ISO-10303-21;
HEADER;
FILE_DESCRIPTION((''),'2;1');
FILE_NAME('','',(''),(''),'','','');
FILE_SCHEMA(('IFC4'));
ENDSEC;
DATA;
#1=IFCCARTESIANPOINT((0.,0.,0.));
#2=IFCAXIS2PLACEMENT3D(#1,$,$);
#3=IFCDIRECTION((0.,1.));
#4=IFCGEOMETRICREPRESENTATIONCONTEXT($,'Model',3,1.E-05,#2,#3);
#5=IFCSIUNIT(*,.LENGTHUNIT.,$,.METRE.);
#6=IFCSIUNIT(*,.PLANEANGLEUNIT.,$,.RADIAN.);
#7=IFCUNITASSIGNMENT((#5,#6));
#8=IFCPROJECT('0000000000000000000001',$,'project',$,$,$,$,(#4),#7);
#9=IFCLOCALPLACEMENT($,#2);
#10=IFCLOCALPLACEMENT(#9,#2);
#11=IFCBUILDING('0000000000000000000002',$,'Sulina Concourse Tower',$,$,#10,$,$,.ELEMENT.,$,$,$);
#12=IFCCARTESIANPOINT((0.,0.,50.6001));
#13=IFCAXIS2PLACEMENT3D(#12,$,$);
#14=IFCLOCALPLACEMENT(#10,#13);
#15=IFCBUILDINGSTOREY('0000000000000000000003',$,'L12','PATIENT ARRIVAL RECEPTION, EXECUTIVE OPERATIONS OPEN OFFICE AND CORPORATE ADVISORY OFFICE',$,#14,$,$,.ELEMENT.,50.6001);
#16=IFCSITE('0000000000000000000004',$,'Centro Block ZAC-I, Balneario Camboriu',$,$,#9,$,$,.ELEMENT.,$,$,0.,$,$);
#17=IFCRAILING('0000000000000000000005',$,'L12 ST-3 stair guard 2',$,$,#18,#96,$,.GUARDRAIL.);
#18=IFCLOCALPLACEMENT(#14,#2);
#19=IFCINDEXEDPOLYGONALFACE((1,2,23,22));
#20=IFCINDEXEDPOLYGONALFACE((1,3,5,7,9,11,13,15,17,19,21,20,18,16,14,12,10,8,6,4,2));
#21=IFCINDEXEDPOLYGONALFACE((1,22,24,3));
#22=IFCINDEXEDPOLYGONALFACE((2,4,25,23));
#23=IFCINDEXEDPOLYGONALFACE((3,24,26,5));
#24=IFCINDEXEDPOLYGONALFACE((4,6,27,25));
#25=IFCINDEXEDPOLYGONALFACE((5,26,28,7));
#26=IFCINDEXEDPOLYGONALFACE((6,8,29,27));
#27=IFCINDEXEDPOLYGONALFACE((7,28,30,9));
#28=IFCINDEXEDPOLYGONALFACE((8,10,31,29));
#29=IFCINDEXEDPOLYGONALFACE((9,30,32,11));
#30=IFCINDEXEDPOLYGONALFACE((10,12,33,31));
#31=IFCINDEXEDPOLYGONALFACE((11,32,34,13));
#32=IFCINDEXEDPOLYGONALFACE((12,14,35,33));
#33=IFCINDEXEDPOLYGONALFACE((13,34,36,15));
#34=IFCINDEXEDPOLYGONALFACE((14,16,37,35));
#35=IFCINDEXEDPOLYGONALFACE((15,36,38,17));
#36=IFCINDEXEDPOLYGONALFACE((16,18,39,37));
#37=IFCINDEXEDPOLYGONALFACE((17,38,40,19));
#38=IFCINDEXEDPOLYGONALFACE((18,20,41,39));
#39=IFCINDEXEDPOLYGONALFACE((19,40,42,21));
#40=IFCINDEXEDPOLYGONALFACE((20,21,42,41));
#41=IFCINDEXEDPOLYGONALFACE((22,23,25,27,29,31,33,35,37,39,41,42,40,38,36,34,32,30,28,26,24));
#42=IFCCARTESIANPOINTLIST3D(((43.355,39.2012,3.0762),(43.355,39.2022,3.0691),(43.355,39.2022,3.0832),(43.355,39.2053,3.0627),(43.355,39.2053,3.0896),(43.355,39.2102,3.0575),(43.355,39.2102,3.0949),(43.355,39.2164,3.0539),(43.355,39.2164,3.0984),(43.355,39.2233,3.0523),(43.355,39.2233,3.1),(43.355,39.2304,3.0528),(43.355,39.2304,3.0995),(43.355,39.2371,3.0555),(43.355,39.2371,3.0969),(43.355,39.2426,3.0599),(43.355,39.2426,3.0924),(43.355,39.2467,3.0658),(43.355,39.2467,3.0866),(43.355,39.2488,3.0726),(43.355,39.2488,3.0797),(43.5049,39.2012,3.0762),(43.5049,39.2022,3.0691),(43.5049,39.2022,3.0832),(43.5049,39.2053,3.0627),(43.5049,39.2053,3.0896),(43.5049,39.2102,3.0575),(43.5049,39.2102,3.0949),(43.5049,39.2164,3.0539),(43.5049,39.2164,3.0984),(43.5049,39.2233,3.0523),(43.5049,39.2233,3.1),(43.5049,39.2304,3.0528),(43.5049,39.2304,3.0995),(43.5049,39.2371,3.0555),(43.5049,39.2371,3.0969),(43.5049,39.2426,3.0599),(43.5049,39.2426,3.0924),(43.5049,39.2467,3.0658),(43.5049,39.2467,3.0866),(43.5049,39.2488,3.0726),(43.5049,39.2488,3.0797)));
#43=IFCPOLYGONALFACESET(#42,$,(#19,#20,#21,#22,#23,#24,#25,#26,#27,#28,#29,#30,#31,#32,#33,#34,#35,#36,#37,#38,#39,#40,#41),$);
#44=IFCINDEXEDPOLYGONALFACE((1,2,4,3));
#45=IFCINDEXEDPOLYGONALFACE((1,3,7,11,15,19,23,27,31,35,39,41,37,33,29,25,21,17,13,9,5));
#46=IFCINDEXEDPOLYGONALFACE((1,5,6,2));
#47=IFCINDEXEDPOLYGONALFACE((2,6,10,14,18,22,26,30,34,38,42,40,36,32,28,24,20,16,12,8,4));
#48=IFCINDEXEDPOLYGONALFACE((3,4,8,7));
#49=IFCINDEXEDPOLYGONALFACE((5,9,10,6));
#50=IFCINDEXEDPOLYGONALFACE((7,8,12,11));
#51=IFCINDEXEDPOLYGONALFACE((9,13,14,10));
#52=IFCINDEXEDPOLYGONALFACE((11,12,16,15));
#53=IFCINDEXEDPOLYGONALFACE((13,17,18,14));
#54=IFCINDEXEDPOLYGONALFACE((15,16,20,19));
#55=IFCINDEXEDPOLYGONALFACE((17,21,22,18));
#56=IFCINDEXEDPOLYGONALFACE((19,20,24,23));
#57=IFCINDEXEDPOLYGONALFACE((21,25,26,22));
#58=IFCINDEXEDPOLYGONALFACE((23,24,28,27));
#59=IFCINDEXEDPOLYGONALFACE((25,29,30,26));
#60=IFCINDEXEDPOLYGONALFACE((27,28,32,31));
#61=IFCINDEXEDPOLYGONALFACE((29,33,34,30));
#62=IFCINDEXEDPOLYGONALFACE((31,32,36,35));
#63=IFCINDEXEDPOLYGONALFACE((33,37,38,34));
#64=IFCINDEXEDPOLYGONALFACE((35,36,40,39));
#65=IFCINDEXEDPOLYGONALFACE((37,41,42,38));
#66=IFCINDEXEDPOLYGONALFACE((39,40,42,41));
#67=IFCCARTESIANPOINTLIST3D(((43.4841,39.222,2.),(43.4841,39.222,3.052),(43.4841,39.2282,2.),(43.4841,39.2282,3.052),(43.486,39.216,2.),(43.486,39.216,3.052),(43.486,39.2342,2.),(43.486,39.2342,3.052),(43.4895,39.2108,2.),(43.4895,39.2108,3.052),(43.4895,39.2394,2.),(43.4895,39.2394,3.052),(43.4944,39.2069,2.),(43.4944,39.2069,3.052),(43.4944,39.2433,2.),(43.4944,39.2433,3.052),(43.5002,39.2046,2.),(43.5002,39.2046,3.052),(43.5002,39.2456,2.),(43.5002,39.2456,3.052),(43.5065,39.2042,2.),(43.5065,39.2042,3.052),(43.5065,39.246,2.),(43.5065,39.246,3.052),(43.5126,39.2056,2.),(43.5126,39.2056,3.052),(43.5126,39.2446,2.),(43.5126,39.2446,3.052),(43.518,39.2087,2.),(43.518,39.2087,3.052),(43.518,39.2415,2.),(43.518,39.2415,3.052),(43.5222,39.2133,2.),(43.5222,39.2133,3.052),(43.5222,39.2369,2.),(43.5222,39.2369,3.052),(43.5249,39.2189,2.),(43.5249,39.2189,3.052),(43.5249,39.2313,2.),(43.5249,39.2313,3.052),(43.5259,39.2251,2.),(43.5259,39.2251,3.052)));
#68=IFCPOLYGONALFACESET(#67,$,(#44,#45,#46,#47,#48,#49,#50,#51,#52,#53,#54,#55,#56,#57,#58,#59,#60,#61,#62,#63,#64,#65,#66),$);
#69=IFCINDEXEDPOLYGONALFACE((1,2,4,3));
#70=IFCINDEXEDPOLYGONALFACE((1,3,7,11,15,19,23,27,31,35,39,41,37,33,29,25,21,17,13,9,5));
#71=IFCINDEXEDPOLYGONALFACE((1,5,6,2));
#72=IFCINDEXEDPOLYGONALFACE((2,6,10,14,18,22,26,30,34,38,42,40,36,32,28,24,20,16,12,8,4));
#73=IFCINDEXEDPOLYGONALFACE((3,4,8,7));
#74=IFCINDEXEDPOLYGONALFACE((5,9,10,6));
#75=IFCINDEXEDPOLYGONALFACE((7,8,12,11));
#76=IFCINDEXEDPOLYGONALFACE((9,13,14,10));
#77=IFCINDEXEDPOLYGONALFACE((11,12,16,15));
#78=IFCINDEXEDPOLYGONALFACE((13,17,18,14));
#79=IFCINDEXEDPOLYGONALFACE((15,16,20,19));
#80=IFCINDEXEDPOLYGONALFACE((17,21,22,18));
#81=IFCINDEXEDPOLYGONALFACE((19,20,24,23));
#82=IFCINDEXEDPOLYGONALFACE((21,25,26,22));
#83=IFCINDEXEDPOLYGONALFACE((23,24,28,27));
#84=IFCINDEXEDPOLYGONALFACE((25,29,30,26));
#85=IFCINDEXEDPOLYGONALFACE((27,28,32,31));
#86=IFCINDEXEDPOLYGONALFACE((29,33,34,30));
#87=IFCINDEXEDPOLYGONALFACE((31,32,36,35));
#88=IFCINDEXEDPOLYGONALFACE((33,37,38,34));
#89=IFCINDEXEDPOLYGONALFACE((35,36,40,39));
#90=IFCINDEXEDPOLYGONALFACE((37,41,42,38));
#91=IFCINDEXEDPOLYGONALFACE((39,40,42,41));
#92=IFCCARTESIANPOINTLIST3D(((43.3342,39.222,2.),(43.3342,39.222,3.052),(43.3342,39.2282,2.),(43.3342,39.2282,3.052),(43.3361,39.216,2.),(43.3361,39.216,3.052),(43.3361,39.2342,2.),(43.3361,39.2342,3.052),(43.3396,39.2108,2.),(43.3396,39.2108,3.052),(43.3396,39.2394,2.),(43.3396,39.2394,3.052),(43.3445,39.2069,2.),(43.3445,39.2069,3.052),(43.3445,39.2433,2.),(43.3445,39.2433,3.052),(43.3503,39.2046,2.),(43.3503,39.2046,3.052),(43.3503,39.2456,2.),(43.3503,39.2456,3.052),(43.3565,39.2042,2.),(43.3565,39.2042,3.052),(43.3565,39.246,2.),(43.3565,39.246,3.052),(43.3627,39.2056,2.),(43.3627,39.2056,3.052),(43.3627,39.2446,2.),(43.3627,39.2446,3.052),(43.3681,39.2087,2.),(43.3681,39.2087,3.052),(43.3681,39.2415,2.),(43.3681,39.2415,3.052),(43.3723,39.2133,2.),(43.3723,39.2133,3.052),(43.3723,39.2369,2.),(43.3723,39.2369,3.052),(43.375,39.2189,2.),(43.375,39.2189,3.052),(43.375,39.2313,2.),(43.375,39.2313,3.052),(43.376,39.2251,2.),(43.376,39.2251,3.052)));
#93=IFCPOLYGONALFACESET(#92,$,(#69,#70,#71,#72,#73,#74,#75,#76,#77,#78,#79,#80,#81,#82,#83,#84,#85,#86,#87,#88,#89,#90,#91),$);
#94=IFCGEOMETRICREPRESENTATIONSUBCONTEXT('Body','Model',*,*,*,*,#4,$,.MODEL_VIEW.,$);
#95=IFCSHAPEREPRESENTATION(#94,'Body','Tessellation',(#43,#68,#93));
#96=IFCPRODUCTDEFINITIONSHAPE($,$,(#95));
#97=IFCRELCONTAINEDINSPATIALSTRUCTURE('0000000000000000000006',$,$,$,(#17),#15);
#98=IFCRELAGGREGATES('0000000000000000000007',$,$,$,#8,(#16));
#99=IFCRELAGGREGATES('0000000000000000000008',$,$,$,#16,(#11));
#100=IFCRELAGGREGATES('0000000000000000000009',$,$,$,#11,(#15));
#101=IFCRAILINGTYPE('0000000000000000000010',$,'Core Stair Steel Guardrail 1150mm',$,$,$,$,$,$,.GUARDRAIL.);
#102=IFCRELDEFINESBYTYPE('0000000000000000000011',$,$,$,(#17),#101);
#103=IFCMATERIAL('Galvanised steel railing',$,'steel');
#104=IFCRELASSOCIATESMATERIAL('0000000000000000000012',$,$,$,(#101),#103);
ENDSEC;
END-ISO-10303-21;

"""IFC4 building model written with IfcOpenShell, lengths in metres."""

from ifc_helpers import new_model, si_unit, direction, frame, origin, origin_2d, place, context, subcontext, project, spatial, circle, extrude, material, type_object, element, save


model = new_model("IFC4")

# Units and contexts
model_context = context("Model", 3, precision=1e-05, world=origin(), true_north=direction((0.0, 1.0)))
body_context = subcontext(model_context, "Body", "Model", "MODEL_VIEW")
ifc_project = project(units=[si_unit("LENGTHUNIT", "METRE"), si_unit("PLANEANGLEUNIT", "RADIAN")], contexts=[model_context])

# Site, building, storey
site_placement = place(None, origin())
site = spatial("IfcSite", under=ifc_project, at=site_placement, Name="Centro Block ZAC-I, Balneario Camboriu", CompositionType="ELEMENT", RefElevation=0.0)
building_placement = place(site_placement, origin())
building = spatial("IfcBuilding", under=site, at=building_placement, Name="Sulina Concourse Tower", CompositionType="ELEMENT")
storey_placement = place(building_placement, frame((0.0, 0.0, 50.6001)))
storey = spatial("IfcBuildingStorey", under=building, at=storey_placement, Name="L12", Description="PATIENT ARRIVAL RECEPTION, EXECUTIVE OPERATIONS OPEN OFFICE AND CORPORATE ADVISORY OFFICE", CompositionType="ELEMENT", Elevation=50.6001)

# Railing
ifc_material_1 = material(Name="Galvanised steel railing", Category="steel")
railing_type_1 = type_object("IfcRailingType", Name="Core Stair Steel Guardrail 1150mm", PredefinedType="GUARDRAIL", material=ifc_material_1)
railing_1_placement = place(storey_placement, frame((43.5049, 39.2251, 2.0)))
element("IfcRailing", 1, at=railing_1_placement, inside=storey, type_object=railing_type_1, Name="L12 ST-3 stair guard 2", PredefinedType="GUARDRAIL", context=body_context, shape_type="SweptSolid", body=[
    extrude(circle(Radius=0.0239, at=origin_2d()), frame((0.0, 0.0, 1.0762), z_axis=(-1.0, 0.0, 0.0), x_axis=(0.0, -1.0, 0.0)), (0.0, 0.0, 1.0), 0.1499),
    extrude(circle(Radius=0.021, at=origin_2d()), origin(), (0.0, 0.0, 1.0), 1.052),
    extrude(circle(Radius=0.021, at=origin_2d()), frame((-0.1499, 0.0, 0.0)), (0.0, 0.0, 1.0), 1.052),
])

save(model, "model.ifc")
